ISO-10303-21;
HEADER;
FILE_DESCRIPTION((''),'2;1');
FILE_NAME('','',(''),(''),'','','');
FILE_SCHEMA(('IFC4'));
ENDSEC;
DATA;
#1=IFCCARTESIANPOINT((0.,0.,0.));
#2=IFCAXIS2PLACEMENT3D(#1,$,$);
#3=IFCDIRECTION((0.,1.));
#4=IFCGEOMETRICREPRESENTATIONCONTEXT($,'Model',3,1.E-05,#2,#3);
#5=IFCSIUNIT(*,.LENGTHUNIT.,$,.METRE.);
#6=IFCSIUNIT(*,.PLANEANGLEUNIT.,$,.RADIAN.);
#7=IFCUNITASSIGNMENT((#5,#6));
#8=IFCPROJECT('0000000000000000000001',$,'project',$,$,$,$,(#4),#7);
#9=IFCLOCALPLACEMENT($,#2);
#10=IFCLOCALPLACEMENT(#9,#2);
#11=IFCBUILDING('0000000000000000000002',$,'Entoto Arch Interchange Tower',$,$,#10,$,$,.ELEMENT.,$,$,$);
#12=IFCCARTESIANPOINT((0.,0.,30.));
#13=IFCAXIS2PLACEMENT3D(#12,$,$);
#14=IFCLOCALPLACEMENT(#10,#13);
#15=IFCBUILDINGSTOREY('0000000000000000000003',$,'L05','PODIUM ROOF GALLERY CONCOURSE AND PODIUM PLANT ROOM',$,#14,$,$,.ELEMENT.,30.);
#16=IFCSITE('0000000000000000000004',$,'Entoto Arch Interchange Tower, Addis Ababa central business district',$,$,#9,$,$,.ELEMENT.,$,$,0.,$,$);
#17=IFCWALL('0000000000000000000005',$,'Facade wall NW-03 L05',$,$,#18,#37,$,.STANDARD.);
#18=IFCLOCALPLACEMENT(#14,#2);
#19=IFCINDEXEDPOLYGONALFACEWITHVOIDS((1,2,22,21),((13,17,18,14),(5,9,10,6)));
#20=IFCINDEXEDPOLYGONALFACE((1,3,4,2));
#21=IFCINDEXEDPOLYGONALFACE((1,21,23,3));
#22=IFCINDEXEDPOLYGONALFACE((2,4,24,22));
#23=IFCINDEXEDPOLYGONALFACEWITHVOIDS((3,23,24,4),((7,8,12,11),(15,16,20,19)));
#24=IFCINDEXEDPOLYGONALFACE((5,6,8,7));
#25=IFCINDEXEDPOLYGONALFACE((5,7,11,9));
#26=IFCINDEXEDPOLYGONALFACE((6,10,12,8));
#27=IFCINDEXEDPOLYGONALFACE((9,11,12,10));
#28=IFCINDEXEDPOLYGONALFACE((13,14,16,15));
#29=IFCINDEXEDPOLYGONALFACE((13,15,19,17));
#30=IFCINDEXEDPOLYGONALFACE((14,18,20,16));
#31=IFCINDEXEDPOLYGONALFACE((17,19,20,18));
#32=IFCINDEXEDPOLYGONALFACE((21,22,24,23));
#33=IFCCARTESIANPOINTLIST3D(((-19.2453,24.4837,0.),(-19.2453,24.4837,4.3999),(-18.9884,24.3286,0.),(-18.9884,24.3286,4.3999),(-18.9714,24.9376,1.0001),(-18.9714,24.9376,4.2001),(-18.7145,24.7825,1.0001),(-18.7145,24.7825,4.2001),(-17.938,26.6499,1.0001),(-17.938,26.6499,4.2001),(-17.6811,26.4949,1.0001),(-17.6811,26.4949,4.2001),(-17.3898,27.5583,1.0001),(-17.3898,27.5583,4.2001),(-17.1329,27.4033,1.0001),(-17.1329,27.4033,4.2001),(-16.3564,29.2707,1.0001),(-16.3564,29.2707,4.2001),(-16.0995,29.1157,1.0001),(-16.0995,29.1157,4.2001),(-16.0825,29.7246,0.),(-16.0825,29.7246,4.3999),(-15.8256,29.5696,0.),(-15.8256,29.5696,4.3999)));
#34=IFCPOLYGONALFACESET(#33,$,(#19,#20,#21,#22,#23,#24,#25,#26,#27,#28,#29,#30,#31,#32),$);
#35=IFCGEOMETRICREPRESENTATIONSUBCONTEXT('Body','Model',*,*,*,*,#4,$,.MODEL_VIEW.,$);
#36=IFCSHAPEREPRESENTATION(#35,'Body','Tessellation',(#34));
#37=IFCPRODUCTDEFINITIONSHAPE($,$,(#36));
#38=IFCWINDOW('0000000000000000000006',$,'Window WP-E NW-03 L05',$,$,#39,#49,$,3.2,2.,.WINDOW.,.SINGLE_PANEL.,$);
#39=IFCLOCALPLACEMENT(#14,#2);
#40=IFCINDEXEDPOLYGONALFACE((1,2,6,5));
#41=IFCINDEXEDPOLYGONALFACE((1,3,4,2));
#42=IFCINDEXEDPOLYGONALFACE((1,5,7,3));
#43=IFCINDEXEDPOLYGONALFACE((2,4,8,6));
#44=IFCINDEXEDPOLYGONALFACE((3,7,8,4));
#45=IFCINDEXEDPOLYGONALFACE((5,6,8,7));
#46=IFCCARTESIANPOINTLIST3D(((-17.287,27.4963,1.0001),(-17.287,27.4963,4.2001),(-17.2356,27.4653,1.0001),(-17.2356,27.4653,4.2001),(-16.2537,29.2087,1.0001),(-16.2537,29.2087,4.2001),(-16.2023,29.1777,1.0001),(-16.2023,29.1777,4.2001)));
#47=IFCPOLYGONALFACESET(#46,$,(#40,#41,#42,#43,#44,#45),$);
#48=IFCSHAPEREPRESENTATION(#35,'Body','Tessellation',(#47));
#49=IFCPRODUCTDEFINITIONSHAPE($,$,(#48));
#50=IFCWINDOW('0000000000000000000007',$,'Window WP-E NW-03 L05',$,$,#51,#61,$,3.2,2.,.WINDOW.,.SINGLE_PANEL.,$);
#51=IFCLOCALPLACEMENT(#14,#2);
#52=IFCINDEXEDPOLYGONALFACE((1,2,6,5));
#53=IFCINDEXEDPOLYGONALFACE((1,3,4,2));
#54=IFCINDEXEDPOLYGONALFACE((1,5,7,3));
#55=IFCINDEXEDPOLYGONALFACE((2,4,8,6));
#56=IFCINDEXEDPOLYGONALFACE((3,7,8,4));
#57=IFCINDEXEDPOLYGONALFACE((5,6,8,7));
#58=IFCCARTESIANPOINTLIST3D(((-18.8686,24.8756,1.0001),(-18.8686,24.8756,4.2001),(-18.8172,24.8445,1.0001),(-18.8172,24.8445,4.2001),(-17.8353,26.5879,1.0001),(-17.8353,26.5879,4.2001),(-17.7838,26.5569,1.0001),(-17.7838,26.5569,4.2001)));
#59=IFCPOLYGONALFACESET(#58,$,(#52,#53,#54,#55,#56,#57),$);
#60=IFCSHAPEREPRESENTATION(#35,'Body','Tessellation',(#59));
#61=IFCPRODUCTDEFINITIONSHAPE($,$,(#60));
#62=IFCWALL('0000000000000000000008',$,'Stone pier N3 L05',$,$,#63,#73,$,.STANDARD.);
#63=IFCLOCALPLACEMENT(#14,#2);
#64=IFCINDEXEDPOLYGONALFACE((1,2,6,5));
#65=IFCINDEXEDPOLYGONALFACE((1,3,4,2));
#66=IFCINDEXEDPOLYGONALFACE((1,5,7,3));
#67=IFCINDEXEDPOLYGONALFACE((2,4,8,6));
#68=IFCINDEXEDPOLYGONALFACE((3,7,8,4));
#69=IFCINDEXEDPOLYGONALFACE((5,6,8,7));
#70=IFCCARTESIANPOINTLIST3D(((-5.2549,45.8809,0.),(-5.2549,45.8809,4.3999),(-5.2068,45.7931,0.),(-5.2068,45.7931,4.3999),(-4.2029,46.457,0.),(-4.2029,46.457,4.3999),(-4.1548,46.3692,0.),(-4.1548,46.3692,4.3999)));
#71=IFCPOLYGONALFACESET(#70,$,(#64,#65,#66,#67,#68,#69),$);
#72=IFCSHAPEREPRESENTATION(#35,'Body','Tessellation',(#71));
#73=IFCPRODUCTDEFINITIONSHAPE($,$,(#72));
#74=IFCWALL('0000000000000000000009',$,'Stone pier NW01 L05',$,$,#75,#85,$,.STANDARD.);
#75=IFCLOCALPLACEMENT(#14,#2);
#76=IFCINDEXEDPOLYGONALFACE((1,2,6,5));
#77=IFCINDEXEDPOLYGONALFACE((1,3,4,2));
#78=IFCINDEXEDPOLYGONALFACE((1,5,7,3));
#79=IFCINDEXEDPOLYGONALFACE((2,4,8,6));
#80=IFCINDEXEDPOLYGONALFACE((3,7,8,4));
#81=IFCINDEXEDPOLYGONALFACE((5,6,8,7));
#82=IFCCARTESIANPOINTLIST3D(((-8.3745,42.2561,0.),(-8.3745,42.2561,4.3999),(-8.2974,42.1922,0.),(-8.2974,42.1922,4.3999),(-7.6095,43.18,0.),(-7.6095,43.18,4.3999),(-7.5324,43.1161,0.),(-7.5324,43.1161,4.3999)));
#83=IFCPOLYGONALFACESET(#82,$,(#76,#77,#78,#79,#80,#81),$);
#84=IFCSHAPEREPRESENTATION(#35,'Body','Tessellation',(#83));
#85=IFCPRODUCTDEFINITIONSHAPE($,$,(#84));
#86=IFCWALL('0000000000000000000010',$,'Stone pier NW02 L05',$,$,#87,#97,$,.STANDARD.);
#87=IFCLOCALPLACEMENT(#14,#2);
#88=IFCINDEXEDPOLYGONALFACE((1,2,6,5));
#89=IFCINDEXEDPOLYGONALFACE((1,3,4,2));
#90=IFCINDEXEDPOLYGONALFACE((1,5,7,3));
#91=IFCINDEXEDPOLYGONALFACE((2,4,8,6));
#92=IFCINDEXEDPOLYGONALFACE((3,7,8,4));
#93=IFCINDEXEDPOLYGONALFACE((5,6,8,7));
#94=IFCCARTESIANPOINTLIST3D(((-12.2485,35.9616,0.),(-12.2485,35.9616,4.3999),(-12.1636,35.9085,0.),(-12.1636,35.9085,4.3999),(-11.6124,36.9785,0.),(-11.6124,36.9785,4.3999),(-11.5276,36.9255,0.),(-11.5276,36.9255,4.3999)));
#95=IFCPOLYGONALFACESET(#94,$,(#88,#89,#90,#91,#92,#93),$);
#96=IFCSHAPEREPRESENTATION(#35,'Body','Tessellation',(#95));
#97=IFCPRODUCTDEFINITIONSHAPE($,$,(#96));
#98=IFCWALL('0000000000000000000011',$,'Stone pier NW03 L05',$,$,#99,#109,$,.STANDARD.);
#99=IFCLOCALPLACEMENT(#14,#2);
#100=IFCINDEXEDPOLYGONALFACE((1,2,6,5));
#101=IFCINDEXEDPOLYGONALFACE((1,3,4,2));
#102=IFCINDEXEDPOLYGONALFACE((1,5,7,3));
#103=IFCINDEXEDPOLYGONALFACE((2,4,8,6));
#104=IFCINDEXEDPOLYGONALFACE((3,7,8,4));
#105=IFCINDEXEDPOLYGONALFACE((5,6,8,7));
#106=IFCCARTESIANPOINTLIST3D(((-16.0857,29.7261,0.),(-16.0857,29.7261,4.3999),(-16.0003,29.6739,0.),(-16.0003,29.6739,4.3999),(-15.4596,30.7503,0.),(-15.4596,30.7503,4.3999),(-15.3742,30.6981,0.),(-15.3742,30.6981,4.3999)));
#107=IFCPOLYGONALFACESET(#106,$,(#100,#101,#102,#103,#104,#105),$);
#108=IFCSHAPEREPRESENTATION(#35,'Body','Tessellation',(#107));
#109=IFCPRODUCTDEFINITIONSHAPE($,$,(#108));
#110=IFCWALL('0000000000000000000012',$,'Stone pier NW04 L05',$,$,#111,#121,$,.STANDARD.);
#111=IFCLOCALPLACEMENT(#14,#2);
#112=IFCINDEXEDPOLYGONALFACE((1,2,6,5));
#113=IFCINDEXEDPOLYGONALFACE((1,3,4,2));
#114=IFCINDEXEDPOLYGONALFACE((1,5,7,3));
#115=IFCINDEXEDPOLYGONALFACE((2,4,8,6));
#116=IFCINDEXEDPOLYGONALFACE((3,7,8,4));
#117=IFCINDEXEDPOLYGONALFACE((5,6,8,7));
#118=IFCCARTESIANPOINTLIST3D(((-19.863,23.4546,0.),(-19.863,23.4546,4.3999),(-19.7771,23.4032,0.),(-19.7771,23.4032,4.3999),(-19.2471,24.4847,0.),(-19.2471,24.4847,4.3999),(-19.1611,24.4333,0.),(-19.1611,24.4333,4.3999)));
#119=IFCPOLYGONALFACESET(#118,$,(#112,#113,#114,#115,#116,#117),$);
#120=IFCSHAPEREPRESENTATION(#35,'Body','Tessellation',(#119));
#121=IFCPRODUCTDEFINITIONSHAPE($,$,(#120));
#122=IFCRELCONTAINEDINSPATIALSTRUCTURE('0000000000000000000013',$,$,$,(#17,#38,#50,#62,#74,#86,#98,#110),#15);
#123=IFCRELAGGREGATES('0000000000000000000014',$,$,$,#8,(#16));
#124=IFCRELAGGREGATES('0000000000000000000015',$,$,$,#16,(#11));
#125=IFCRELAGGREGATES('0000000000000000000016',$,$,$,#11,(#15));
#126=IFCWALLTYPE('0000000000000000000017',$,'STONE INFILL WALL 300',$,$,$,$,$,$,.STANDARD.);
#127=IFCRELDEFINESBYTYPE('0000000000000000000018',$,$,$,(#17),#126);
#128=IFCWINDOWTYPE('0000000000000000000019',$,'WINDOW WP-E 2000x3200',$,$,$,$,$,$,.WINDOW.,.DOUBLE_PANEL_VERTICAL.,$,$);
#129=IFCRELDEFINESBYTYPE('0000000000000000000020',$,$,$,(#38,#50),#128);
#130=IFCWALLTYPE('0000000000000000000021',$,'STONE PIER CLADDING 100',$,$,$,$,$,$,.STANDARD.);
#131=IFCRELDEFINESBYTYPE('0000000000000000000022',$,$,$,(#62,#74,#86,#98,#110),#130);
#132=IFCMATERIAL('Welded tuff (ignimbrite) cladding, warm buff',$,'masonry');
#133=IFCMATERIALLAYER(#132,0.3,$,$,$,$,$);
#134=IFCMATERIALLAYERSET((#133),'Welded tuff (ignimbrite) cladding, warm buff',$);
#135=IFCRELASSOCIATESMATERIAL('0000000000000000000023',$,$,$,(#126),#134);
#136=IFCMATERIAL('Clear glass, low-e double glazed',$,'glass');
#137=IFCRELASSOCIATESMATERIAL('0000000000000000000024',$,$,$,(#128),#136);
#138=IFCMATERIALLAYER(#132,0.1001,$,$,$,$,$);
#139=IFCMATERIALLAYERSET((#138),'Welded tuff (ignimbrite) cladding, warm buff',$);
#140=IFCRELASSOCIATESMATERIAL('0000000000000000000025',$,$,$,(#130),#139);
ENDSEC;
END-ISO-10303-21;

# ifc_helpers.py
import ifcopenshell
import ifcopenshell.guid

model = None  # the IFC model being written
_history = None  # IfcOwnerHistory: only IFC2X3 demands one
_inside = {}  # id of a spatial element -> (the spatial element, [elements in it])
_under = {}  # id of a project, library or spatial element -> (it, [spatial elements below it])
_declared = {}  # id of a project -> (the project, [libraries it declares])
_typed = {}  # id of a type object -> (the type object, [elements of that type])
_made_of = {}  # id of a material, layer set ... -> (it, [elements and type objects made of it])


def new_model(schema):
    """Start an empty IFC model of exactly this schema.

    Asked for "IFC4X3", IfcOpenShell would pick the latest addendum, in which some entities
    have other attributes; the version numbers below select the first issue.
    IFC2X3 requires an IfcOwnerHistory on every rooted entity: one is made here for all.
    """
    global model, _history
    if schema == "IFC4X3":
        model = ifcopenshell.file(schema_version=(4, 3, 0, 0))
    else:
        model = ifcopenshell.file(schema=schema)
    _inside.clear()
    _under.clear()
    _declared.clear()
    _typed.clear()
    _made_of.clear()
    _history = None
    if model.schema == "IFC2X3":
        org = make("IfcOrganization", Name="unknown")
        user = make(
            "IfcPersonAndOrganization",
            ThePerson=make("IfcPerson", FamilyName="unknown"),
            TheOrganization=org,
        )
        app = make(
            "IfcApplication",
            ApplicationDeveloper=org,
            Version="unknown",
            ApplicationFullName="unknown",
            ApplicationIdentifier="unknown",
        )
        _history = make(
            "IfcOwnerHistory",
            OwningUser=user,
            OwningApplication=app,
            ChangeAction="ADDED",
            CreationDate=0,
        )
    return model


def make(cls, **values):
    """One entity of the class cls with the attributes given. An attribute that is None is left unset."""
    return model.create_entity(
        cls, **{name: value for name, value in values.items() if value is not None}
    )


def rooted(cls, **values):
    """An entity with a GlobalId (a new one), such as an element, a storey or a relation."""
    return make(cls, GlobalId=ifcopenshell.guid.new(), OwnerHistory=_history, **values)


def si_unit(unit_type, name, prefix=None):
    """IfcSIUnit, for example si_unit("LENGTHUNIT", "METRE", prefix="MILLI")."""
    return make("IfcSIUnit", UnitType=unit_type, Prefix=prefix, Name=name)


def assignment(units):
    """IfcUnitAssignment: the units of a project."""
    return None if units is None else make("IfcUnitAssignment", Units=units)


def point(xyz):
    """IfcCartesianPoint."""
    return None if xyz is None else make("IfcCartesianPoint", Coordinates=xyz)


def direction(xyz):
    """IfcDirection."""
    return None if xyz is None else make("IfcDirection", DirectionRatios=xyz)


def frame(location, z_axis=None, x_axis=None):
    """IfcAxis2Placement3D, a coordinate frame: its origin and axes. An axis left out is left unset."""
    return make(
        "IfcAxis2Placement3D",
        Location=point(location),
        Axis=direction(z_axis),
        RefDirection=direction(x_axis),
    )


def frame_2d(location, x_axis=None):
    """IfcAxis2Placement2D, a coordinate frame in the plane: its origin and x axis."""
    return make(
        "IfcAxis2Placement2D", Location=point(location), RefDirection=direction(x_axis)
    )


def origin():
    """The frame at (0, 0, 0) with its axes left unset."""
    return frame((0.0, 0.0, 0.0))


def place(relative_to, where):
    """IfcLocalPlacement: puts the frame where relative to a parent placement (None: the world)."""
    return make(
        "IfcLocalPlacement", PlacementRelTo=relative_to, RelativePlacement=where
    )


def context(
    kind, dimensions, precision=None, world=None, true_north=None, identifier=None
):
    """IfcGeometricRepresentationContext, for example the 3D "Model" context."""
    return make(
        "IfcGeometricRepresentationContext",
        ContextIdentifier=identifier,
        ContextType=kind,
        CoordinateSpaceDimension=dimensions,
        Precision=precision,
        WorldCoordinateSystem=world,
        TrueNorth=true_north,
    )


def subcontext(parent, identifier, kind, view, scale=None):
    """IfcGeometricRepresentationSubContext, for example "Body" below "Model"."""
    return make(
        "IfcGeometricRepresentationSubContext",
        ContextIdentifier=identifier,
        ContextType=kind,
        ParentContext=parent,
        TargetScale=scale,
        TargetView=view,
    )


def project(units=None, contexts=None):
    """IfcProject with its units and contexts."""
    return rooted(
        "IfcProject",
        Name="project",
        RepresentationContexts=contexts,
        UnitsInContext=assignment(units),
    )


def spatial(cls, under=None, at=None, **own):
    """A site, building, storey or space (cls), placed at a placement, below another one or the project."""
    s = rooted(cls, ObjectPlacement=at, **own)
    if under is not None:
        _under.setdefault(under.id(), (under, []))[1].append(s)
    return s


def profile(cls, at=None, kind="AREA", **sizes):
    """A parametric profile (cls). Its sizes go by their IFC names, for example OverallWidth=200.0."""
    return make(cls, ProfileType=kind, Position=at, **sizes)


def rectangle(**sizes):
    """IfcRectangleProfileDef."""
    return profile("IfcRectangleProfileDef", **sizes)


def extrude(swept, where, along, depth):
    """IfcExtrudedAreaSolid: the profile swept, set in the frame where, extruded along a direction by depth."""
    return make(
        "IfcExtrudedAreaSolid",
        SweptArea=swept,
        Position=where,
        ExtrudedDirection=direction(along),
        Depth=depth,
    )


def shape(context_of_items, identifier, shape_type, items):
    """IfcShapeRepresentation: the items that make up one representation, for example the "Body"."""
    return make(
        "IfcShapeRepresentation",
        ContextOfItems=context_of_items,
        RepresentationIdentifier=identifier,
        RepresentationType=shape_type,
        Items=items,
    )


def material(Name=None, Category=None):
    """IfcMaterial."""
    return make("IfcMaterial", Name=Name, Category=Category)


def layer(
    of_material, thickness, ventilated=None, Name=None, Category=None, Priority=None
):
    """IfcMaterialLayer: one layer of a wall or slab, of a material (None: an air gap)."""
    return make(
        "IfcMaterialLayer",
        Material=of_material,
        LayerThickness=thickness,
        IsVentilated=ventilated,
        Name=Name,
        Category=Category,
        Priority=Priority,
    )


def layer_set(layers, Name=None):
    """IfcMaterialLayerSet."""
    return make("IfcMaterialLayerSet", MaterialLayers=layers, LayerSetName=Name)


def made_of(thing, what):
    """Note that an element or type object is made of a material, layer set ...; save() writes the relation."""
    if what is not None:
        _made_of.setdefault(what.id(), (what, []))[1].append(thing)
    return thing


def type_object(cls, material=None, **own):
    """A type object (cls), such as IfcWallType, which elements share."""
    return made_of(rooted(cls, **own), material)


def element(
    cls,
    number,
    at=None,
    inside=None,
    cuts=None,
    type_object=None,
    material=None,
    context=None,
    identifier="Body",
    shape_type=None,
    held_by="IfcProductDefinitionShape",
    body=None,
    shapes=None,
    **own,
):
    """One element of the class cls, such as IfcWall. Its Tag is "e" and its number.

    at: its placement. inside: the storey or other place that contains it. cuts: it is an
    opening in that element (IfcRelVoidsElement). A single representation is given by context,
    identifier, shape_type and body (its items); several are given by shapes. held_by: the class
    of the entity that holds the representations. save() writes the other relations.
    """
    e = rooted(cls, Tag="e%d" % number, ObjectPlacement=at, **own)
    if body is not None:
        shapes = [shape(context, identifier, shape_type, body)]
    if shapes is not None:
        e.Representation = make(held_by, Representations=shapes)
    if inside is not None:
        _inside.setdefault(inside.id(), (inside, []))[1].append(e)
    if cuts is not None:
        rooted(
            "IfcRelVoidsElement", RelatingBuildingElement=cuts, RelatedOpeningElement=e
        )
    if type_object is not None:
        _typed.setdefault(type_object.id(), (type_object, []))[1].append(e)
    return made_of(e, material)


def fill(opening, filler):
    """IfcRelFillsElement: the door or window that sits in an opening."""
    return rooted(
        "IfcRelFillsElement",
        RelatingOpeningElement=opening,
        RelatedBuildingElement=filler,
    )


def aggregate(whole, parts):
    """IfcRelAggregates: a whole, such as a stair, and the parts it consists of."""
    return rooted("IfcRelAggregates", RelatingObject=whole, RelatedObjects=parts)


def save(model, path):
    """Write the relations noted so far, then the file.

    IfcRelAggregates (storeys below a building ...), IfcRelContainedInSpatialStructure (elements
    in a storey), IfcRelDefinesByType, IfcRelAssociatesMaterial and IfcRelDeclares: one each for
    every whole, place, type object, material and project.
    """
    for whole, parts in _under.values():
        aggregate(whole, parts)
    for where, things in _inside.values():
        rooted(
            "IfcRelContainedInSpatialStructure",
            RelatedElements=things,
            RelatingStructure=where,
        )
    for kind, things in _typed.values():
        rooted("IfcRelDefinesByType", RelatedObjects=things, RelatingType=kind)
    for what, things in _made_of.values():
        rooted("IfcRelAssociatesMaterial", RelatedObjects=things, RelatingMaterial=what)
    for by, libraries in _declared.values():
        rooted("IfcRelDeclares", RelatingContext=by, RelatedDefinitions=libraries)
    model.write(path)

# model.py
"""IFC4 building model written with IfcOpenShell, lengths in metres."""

from ifc_helpers import new_model, si_unit, direction, frame, frame_2d, origin, place, context, subcontext, project, spatial, rectangle, extrude, material, layer, layer_set, type_object, element, fill, save


model = new_model("IFC4")

# Units and contexts
model_context = context("Model", 3, precision=1e-05, world=origin(), true_north=direction((0.0, 1.0)))
body_context = subcontext(model_context, "Body", "Model", "MODEL_VIEW")
ifc_project = project(units=[si_unit("LENGTHUNIT", "METRE"), si_unit("PLANEANGLEUNIT", "RADIAN")], contexts=[model_context])

# Site, building, storey
site_placement = place(None, origin())
site = spatial("IfcSite", under=ifc_project, at=site_placement, Name="Entoto Arch Interchange Tower, Addis Ababa central business district", CompositionType="ELEMENT", RefElevation=0.0)
building_placement = place(site_placement, origin())
building = spatial("IfcBuilding", under=site, at=building_placement, Name="Entoto Arch Interchange Tower", CompositionType="ELEMENT")
storey_placement = place(building_placement, frame((0.0, 0.0, 30.0)))
storey = spatial("IfcBuildingStorey", under=building, at=storey_placement, Name="L05", Description="PODIUM ROOF GALLERY CONCOURSE AND PODIUM PLANT ROOM", CompositionType="ELEMENT", Elevation=30.0)

# Shared definitions
ifc_material_1 = material(Name="Welded tuff (ignimbrite) cladding, warm buff", Category="masonry")
ifc_layer_1 = layer(ifc_material_1, 0.3)
ifc_layer_set_1 = layer_set([ifc_layer_1], Name="Welded tuff (ignimbrite) cladding, warm buff")
wall_type_1 = type_object("IfcWallType", Name="STONE INFILL WALL 300", PredefinedType="STANDARD", material=ifc_layer_set_1)
ifc_material_2 = material(Name="Clear glass, low-e double glazed", Category="glass")

# Wall, openings, windows
window_type_1 = type_object("IfcWindowType", Name="WINDOW WP-E 2000x3200", PartitioningType="DOUBLE_PANEL_VERTICAL", PredefinedType="WINDOW", material=ifc_material_2)
wall_1_placement = place(storey_placement, frame((-15.9541, 29.647, 0.0), z_axis=(0.0, 0.0, 1.0), x_axis=(-0.516688, -0.856174, 0.0)))
wall_1 = element("IfcWall", 1, at=wall_1_placement, inside=storey, type_object=wall_type_1, Name="Facade wall NW-03 L05", PredefinedType="STANDARD", context=body_context, shape_type="SweptSolid", body=[
    extrude(rectangle(XDim=6.1213, YDim=0.3, at=frame_2d((3.0605, 0.0))), origin(), (0.0, 0.0, 1.0), 4.3999),
])
opening_1_placement = place(wall_1_placement, frame((0.53, 0.0, 1.0)))
opening_1 = element("IfcOpeningElement", 2, at=opening_1_placement, cuts=wall_1, PredefinedType="OPENING", context=body_context, shape_type="SweptSolid", body=[
    extrude(rectangle(XDim=2.0, YDim=3.2, at=frame_2d((1.0, 1.6001))), frame((0.0, 0.1602, 0.0), z_axis=(0.0, -1.0, 0.0), x_axis=(1.0, 0.0, 0.0)), (0.0, 0.0, 1.0), 0.3201),
])
opening_2_placement = place(wall_1_placement, frame((3.5911, 0.0, 1.0)))
opening_2 = element("IfcOpeningElement", 3, at=opening_2_placement, cuts=wall_1, PredefinedType="OPENING", context=body_context, shape_type="SweptSolid", body=[
    extrude(rectangle(XDim=2.0, YDim=3.2, at=frame_2d((1.0, 1.6001))), frame((0.0, 0.1602, 0.0), z_axis=(0.0, -1.0, 0.0), x_axis=(1.0, 0.0, 0.0)), (0.0, 0.0, 1.0), 0.3201),
])
window_1_placement = place(opening_1_placement, origin())
window_1 = element("IfcWindow", 4, at=window_1_placement, inside=storey, type_object=window_type_1, Name="Window WP-E NW-03 L05", OverallHeight=3.2, OverallWidth=2.0, PartitioningType="SINGLE_PANEL", PredefinedType="WINDOW", context=body_context, shape_type="SweptSolid", body=[
    extrude(rectangle(XDim=2.0, YDim=3.2, at=frame_2d((1.0, 1.6001))), frame((0.0, 0.03, 0.0), z_axis=(0.0, -1.0, 0.0), x_axis=(1.0, 0.0, 0.0)), (0.0, 0.0, 1.0), 0.0601),
])
fill(opening_1, window_1)
window_2_placement = place(opening_2_placement, origin())
window_2 = element("IfcWindow", 5, at=window_2_placement, inside=storey, type_object=window_type_1, Name="Window WP-E NW-03 L05", OverallHeight=3.2, OverallWidth=2.0, PartitioningType="SINGLE_PANEL", PredefinedType="WINDOW", context=body_context, shape_type="SweptSolid", body=[
    extrude(rectangle(XDim=2.0, YDim=3.2, at=frame_2d((1.0, 1.6001))), frame((0.0, 0.03, 0.0), z_axis=(0.0, -1.0, 0.0), x_axis=(1.0, 0.0, 0.0)), (0.0, 0.0, 1.0), 0.0601),
])
fill(opening_2, window_2)

# Walls
ifc_layer_2 = layer(ifc_material_1, 0.1001)
ifc_layer_set_2 = layer_set([ifc_layer_2], Name="Welded tuff (ignimbrite) cladding, warm buff")
wall_type_2 = type_object("IfcWallType", Name="STONE PIER CLADDING 100", PredefinedType="STANDARD", material=ifc_layer_set_2)
for number, where, z_axis, x_axis, name in (
    (6, (-4.179, 46.4131, 0.0), (0.0, 0.0, 1.0), (-0.87707, -0.480363, 0.0), "Stone pier N3 L05"),
    (7, (-7.571, 43.1479, 0.0), (0.0, 0.0, 1.0), (-0.637739, -0.770253, 0.0), "Stone pier NW01 L05"),
    (8, (-11.5701, 36.9519, 0.0), (0.0, 0.0, 1.0), (-0.530273, -0.847827, 0.0), "Stone pier NW02 L05"),
):
    element("IfcWall", number, at=place(storey_placement, frame(where, z_axis=z_axis, x_axis=x_axis)), inside=storey, type_object=wall_type_2, Name=name, PredefinedType="STANDARD", context=body_context, shape_type="SweptSolid", body=[
        extrude(rectangle(XDim=1.1995, YDim=0.1001, at=frame_2d((0.5996, 0.0))), origin(), (0.0, 0.0, 1.0), 4.3999),
    ])
wall_2_placement = place(storey_placement, frame((-15.417, 30.7241, 0.0), z_axis=(0.0, 0.0, 1.0), x_axis=(-0.521508, -0.853247, 0.0)))
element("IfcWall", 9, at=wall_2_placement, inside=storey, type_object=wall_type_2, Name="Stone pier NW03 L05", PredefinedType="STANDARD", context=body_context, shape_type="SweptSolid", body=[
    extrude(rectangle(XDim=1.2004, YDim=0.1001, at=frame_2d((0.6001, 0.0))), origin(), (0.0, 0.0, 1.0), 4.3999),
])
wall_3_placement = place(storey_placement, frame((-19.2041, 24.459, 0.0), z_axis=(0.0, 0.0, 1.0), x_axis=(-0.513239, -0.858246, 0.0)))
element("IfcWall", 10, at=wall_3_placement, inside=storey, type_object=wall_type_2, Name="Stone pier NW04 L05", PredefinedType="STANDARD", context=body_context, shape_type="SweptSolid", body=[
    extrude(rectangle(XDim=1.2002, YDim=0.1001, at=frame_2d((0.6001, 0.0))), origin(), (0.0, 0.0, 1.0), 4.3999),
])

save(model, "model.ifc")
